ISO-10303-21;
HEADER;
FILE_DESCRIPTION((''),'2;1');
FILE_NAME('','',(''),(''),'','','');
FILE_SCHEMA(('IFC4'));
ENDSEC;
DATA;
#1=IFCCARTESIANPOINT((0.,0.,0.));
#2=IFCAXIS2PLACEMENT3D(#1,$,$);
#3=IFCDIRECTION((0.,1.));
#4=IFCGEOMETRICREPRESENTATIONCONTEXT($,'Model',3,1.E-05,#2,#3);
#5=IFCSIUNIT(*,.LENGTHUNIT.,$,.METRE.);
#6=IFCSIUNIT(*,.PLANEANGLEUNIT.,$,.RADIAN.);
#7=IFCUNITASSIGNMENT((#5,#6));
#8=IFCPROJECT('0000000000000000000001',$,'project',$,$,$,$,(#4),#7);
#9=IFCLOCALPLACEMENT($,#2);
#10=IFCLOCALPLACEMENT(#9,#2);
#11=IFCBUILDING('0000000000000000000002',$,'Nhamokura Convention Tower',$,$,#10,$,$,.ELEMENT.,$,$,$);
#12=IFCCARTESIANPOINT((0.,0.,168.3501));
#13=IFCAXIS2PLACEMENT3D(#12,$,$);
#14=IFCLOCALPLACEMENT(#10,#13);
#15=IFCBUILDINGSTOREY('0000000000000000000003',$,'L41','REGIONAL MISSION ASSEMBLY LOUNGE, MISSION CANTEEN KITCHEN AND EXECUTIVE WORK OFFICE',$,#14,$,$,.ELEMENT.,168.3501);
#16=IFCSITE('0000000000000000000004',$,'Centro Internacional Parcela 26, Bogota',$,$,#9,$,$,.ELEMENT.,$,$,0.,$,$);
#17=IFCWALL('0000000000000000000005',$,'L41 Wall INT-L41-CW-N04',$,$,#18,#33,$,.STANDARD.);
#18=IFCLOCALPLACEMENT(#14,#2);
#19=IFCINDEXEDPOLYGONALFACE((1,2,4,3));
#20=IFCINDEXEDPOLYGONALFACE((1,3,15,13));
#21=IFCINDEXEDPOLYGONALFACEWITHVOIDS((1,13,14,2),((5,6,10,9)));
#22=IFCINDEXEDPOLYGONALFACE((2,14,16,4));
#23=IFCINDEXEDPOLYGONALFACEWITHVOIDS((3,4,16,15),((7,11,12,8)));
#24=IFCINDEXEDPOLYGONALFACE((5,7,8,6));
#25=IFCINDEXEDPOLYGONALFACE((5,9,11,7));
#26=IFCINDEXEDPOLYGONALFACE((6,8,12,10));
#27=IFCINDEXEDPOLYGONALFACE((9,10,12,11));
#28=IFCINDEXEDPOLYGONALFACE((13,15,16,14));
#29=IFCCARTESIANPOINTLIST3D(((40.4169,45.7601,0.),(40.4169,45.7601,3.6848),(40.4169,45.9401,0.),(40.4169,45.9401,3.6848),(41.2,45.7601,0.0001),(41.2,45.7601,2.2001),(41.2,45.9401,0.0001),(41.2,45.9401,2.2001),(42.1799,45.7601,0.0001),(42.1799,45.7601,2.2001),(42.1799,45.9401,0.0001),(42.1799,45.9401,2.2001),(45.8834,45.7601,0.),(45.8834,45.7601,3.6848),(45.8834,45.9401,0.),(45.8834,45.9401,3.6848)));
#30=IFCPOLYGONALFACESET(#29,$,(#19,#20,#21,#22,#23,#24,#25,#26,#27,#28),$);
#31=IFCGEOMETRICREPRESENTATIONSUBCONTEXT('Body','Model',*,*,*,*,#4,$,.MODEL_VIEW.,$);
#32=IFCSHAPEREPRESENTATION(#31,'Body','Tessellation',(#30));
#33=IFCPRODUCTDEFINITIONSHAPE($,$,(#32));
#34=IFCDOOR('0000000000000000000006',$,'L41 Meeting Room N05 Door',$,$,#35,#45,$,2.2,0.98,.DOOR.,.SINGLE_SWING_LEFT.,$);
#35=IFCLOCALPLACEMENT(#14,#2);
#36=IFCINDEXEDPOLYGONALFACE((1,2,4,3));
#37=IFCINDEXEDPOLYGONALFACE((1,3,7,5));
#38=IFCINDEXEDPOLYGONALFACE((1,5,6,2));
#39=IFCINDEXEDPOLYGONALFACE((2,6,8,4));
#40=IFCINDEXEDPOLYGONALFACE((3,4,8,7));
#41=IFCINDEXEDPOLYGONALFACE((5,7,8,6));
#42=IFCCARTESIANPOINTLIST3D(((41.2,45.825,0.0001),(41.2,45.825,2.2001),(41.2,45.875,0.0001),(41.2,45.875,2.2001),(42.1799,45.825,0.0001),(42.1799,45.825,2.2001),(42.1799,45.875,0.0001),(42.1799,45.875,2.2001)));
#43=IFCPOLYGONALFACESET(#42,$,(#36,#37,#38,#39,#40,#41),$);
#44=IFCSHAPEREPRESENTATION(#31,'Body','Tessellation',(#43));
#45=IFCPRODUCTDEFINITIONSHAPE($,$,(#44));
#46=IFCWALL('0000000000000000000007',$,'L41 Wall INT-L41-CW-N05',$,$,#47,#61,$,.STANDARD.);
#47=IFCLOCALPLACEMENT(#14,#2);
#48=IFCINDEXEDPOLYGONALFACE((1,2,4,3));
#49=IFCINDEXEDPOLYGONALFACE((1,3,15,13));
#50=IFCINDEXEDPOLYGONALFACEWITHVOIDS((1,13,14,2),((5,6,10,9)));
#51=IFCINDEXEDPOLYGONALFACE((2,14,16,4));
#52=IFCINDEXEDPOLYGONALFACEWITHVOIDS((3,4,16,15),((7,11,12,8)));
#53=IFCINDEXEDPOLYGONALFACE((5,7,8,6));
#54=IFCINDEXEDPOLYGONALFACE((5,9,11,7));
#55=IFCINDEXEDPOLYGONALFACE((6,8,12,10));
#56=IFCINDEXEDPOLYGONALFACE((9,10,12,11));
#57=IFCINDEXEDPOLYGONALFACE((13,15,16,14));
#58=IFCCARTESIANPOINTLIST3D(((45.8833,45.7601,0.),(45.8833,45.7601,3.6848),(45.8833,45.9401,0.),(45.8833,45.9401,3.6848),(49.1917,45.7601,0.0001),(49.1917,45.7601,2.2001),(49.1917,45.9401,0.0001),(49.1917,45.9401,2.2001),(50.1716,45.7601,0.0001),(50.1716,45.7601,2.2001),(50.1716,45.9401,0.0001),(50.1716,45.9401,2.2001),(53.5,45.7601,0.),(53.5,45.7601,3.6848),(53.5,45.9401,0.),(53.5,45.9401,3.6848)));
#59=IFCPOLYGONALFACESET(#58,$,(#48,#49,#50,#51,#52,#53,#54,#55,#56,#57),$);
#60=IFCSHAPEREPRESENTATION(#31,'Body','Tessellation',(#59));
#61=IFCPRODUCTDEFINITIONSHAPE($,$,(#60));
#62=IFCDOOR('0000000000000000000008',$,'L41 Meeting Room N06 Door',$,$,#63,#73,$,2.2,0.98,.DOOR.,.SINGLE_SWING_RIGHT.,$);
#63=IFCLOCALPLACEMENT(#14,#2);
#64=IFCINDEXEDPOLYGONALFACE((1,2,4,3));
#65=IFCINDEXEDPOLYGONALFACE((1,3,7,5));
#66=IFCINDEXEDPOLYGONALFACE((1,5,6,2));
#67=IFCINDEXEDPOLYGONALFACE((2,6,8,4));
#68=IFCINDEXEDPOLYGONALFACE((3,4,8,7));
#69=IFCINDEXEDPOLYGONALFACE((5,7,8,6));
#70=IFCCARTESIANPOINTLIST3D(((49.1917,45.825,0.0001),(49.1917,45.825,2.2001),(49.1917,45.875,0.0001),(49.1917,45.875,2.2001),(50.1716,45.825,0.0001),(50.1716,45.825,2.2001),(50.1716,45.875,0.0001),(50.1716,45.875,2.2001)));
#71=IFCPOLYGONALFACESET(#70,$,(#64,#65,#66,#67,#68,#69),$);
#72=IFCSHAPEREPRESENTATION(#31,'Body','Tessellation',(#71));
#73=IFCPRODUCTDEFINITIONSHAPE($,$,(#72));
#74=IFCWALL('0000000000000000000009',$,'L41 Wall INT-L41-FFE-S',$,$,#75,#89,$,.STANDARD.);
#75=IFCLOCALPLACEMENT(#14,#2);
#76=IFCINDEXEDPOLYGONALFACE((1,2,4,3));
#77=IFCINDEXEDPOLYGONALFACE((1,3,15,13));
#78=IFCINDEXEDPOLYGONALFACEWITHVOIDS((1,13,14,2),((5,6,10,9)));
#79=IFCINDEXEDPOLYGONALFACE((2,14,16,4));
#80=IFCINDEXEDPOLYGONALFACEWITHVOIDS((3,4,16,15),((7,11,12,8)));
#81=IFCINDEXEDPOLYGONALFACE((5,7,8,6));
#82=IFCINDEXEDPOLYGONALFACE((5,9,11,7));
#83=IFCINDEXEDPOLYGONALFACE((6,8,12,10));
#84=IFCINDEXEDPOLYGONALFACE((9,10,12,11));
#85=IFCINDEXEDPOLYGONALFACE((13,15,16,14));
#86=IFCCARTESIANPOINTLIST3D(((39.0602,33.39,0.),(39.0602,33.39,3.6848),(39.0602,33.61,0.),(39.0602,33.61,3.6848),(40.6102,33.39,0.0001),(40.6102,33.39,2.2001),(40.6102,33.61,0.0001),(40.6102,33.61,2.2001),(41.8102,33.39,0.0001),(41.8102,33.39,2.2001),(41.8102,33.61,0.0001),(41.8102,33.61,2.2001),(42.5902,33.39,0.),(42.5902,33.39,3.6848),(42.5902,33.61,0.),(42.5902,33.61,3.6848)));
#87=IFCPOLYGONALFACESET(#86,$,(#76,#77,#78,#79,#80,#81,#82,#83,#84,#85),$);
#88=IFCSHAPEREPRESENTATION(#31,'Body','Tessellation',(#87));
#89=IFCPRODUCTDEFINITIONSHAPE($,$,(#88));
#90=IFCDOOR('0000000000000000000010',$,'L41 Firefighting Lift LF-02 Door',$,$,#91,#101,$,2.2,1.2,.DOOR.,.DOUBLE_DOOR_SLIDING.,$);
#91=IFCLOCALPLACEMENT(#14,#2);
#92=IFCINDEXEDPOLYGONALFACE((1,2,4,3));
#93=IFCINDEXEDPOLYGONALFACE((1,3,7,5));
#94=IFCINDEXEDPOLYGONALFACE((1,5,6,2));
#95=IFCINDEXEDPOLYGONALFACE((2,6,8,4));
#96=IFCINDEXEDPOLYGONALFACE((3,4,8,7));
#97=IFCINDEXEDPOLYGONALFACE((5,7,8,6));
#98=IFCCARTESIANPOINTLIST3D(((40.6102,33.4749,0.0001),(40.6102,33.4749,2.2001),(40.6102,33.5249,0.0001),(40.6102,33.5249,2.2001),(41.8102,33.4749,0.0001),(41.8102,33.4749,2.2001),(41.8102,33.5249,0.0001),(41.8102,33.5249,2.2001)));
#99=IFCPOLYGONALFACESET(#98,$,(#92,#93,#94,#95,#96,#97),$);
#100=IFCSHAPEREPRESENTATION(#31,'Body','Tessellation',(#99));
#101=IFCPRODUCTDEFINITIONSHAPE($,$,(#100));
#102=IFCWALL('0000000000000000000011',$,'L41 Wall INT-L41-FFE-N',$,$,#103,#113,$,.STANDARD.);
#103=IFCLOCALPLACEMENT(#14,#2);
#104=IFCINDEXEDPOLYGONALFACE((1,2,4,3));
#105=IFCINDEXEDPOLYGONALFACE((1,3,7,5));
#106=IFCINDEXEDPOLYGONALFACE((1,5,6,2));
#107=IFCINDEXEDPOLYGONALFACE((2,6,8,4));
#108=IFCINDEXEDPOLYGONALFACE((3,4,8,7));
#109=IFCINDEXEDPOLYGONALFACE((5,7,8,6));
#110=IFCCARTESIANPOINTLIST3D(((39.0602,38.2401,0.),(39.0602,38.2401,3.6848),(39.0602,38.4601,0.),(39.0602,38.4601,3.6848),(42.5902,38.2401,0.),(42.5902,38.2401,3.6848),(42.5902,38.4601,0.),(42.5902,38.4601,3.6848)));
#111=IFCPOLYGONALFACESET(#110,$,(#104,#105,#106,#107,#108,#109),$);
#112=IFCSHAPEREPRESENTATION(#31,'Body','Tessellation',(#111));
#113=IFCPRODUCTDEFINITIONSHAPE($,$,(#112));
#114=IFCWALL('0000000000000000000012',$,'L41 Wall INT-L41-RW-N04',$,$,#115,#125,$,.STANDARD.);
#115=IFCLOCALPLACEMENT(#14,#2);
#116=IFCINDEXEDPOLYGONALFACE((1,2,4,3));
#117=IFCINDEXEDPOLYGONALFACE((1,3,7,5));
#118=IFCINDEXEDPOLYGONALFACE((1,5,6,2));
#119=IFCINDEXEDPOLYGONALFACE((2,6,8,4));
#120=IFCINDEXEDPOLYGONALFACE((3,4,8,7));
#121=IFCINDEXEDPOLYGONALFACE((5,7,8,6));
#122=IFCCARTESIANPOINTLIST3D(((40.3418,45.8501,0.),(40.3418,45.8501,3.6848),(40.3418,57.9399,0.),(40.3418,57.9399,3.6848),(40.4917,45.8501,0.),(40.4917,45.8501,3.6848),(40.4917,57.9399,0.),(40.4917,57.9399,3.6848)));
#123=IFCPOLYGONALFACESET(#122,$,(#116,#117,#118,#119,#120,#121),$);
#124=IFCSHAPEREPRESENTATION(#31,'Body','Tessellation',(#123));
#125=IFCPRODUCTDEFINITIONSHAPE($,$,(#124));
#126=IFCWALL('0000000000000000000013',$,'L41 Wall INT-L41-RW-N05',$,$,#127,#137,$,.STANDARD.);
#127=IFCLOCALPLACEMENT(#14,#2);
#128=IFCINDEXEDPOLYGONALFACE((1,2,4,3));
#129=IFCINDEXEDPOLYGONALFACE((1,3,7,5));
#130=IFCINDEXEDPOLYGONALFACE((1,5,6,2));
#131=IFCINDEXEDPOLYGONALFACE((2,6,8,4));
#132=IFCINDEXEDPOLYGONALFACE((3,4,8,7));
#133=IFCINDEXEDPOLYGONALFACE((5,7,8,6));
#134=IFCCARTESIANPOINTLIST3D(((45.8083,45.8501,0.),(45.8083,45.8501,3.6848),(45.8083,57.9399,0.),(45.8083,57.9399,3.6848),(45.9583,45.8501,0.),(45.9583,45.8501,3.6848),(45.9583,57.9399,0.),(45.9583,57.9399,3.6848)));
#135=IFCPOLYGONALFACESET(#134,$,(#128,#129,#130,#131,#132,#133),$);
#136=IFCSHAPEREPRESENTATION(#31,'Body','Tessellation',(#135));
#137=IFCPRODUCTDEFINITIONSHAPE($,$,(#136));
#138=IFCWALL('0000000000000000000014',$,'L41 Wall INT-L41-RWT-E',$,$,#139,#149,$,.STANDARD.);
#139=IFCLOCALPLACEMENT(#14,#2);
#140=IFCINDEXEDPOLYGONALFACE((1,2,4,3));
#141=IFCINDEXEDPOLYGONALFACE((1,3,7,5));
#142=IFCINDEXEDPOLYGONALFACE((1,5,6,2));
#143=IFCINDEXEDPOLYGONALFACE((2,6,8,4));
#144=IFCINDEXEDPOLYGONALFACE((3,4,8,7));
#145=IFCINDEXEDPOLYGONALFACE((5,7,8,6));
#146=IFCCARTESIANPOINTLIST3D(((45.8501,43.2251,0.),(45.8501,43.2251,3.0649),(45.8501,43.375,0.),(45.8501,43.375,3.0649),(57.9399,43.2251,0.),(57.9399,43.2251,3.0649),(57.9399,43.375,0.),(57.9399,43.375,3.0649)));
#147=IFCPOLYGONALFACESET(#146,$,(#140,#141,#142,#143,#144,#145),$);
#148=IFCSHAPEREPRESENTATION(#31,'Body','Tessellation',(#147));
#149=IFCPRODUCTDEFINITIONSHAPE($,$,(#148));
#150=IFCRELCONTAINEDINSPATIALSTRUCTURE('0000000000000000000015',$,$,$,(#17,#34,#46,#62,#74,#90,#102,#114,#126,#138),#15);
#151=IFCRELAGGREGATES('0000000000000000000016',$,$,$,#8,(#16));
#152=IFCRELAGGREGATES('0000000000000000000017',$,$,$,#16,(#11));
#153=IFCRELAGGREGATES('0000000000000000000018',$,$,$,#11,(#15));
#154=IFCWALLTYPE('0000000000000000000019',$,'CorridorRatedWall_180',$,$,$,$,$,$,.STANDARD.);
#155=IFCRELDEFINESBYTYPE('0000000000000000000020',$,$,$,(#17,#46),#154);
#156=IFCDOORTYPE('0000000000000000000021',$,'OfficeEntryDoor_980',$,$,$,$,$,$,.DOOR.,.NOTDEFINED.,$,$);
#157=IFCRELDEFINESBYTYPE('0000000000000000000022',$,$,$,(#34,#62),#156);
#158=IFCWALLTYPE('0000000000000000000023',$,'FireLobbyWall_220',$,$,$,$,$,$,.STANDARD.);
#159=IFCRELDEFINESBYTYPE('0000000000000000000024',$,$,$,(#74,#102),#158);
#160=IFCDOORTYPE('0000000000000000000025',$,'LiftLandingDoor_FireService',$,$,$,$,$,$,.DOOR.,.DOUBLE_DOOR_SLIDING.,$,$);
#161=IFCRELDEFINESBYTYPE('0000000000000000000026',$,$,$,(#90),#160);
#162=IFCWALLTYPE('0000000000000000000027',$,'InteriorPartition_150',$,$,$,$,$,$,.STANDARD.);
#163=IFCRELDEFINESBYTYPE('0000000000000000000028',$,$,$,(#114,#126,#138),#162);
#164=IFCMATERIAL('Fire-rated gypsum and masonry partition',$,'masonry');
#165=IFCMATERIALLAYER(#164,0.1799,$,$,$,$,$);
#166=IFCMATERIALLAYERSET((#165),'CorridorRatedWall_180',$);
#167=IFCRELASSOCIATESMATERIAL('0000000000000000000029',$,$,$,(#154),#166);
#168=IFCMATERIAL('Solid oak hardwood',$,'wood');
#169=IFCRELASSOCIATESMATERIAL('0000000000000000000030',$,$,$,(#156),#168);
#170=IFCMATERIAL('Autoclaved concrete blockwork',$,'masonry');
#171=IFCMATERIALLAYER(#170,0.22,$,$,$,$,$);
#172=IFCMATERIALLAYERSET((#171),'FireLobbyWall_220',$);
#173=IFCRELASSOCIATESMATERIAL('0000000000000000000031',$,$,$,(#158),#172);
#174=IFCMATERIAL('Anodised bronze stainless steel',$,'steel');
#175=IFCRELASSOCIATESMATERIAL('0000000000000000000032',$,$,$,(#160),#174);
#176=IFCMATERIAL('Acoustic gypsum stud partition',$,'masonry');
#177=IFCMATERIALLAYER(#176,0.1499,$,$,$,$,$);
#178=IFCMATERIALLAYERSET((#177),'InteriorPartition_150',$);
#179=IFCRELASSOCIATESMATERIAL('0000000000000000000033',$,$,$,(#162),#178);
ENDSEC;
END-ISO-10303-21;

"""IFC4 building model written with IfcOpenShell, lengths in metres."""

from ifc_helpers import new_model, si_unit, direction, frame, frame_2d, origin, place, context, subcontext, project, spatial, rectangle, extrude, material, layer, layer_set, type_object, element, fill, save


model = new_model("IFC4")

# Units and contexts
model_context = context("Model", 3, precision=1e-05, world=origin(), true_north=direction((0.0, 1.0)))
body_context = subcontext(model_context, "Body", "Model", "MODEL_VIEW")
ifc_project = project(units=[si_unit("LENGTHUNIT", "METRE"), si_unit("PLANEANGLEUNIT", "RADIAN")], contexts=[model_context])

# Site, building, storey
site_placement = place(None, origin())
site = spatial("IfcSite", under=ifc_project, at=site_placement, Name="Centro Internacional Parcela 26, Bogota", CompositionType="ELEMENT", RefElevation=0.0)
building_placement = place(site_placement, origin())
building = spatial("IfcBuilding", under=site, at=building_placement, Name="Nhamokura Convention Tower", CompositionType="ELEMENT")
storey_placement = place(building_placement, frame((0.0, 0.0, 168.3501)))
storey = spatial("IfcBuildingStorey", under=building, at=storey_placement, Name="L41", Description="REGIONAL MISSION ASSEMBLY LOUNGE, MISSION CANTEEN KITCHEN AND EXECUTIVE WORK OFFICE", CompositionType="ELEMENT", Elevation=168.3501)

# Walls, openings, doors
ifc_material_1 = material(Name="Fire-rated gypsum and masonry partition", Category="masonry")
ifc_layer_1 = layer(ifc_material_1, 0.1799)
ifc_layer_set_1 = layer_set([ifc_layer_1], Name="CorridorRatedWall_180")
wall_type_1 = type_object("IfcWallType", Name="CorridorRatedWall_180", PredefinedType="STANDARD", material=ifc_layer_set_1)
wall_1_placement = place(storey_placement, frame((40.4167, 45.8501, 0.0), z_axis=(0.0, 0.0, 1.0), x_axis=(1.0, 0.0, 0.0)))
wall_1 = element("IfcWall", 1, at=wall_1_placement, inside=storey, type_object=wall_type_1, Name="L41 Wall INT-L41-CW-N04", PredefinedType="STANDARD", context=body_context, shape_type="SweptSolid", body=[
    extrude(rectangle(XDim=5.4666, YDim=0.1799, at=frame_2d((2.7334, 0.0))), origin(), (0.0, 0.0, 1.0), 3.6848),
])
opening_1_placement = place(wall_1_placement, frame((0.7832, 0.0, 0.0)))
opening_1 = element("IfcOpeningElement", 2, at=opening_1_placement, cuts=wall_1, PredefinedType="OPENING", context=body_context, shape_type="SweptSolid", body=[
    extrude(rectangle(XDim=0.98, YDim=2.2, at=frame_2d((0.49, 1.1001))), frame((0.0, 0.0999, 0.0), z_axis=(0.0, -1.0, 0.0), x_axis=(1.0, 0.0, 0.0)), (0.0, 0.0, 1.0), 0.2),
])
ifc_material_2 = material(Name="Solid oak hardwood", Category="wood")
door_type_1 = type_object("IfcDoorType", Name="OfficeEntryDoor_980", OperationType="NOTDEFINED", PredefinedType="DOOR", material=ifc_material_2)
door_1_placement = place(opening_1_placement, origin())
door_1 = element("IfcDoor", 3, at=door_1_placement, inside=storey, type_object=door_type_1, Name="L41 Meeting Room N05 Door", OperationType="SINGLE_SWING_LEFT", OverallHeight=2.2, OverallWidth=0.98, PredefinedType="DOOR", context=body_context, shape_type="SweptSolid", body=[
    extrude(rectangle(XDim=0.98, YDim=2.2, at=frame_2d((0.49, 1.1001))), frame((0.0, 0.0249, 0.0), z_axis=(0.0, -1.0, 0.0), x_axis=(1.0, 0.0, 0.0)), (0.0, 0.0, 1.0), 0.05),
])
fill(opening_1, door_1)
wall_2_placement = place(storey_placement, frame((45.8833, 45.8501, 0.0), z_axis=(0.0, 0.0, 1.0), x_axis=(1.0, 0.0, 0.0)))
wall_2 = element("IfcWall", 4, at=wall_2_placement, inside=storey, type_object=wall_type_1, Name="L41 Wall INT-L41-CW-N05", PredefinedType="STANDARD", context=body_context, shape_type="SweptSolid", body=[
    extrude(rectangle(XDim=7.6167, YDim=0.1799, at=frame_2d((3.8083, 0.0))), origin(), (0.0, 0.0, 1.0), 3.6848),
])
opening_2_placement = place(wall_2_placement, frame((3.3083, 0.0, 0.0)))
opening_2 = element("IfcOpeningElement", 5, at=opening_2_placement, cuts=wall_2, PredefinedType="OPENING", context=body_context, shape_type="SweptSolid", body=[
    extrude(rectangle(XDim=0.98, YDim=2.2, at=frame_2d((0.49, 1.1001))), frame((0.0, 0.0999, 0.0), z_axis=(0.0, -1.0, 0.0), x_axis=(1.0, 0.0, 0.0)), (0.0, 0.0, 1.0), 0.2),
])
door_2_placement = place(opening_2_placement, origin())
door_2 = element("IfcDoor", 6, at=door_2_placement, inside=storey, type_object=door_type_1, Name="L41 Meeting Room N06 Door", OperationType="SINGLE_SWING_RIGHT", OverallHeight=2.2, OverallWidth=0.98, PredefinedType="DOOR", context=body_context, shape_type="SweptSolid", body=[
    extrude(rectangle(XDim=0.98, YDim=2.2, at=frame_2d((0.49, 1.1001))), frame((0.0, 0.0249, 0.0), z_axis=(0.0, -1.0, 0.0), x_axis=(1.0, 0.0, 0.0)), (0.0, 0.0, 1.0), 0.05),
])
fill(opening_2, door_2)
ifc_material_3 = material(Name="Autoclaved concrete blockwork", Category="masonry")
ifc_layer_2 = layer(ifc_material_3, 0.22)
ifc_layer_set_2 = layer_set([ifc_layer_2], Name="FireLobbyWall_220")
wall_type_2 = type_object("IfcWallType", Name="FireLobbyWall_220", PredefinedType="STANDARD", material=ifc_layer_set_2)
wall_3_placement = place(storey_placement, frame((39.0601, 33.5, 0.0), z_axis=(0.0, 0.0, 1.0), x_axis=(1.0, 0.0, 0.0)))
wall_3 = element("IfcWall", 7, at=wall_3_placement, inside=storey, type_object=wall_type_2, Name="L41 Wall INT-L41-FFE-S", PredefinedType="STANDARD", context=body_context, shape_type="SweptSolid", body=[
    extrude(rectangle(XDim=3.53, YDim=0.22, at=frame_2d((1.7651, 0.0))), origin(), (0.0, 0.0, 1.0), 3.6848),
])
opening_3_placement = place(wall_3_placement, frame((1.55, 0.0, 0.0)))
opening_3 = element("IfcOpeningElement", 8, at=opening_3_placement, cuts=wall_3, PredefinedType="OPENING", context=body_context, shape_type="SweptSolid", body=[
    extrude(rectangle(XDim=1.2, YDim=2.2, at=frame_2d((0.6001, 1.1001))), frame((0.0, 0.1199, 0.0), z_axis=(0.0, -1.0, 0.0), x_axis=(1.0, 0.0, 0.0)), (0.0, 0.0, 1.0), 0.24),
])
ifc_material_4 = material(Name="Anodised bronze stainless steel", Category="steel")
door_type_2 = type_object("IfcDoorType", Name="LiftLandingDoor_FireService", OperationType="DOUBLE_DOOR_SLIDING", PredefinedType="DOOR", material=ifc_material_4)
door_3_placement = place(opening_3_placement, origin())
door_3 = element("IfcDoor", 9, at=door_3_placement, inside=storey, type_object=door_type_2, Name="L41 Firefighting Lift LF-02 Door", OperationType="DOUBLE_DOOR_SLIDING", OverallHeight=2.2, OverallWidth=1.2, PredefinedType="DOOR", context=body_context, shape_type="SweptSolid", body=[
    extrude(rectangle(XDim=1.2, YDim=2.2, at=frame_2d((0.6001, 1.1001))), frame((0.0, 0.0249, 0.0), z_axis=(0.0, -1.0, 0.0), x_axis=(1.0, 0.0, 0.0)), (0.0, 0.0, 1.0), 0.05),
])
fill(opening_3, door_3)

# Walls
wall_4_placement = place(storey_placement, frame((39.0601, 38.3501, 0.0), z_axis=(0.0, 0.0, 1.0), x_axis=(1.0, 0.0, 0.0)))
element("IfcWall", 10, at=wall_4_placement, inside=storey, type_object=wall_type_2, Name="L41 Wall INT-L41-FFE-N", PredefinedType="STANDARD", context=body_context, shape_type="SweptSolid", body=[
    extrude(rectangle(XDim=3.53, YDim=0.22, at=frame_2d((1.7651, 0.0))), origin(), (0.0, 0.0, 1.0), 3.6848),
])
ifc_material_5 = material(Name="Acoustic gypsum stud partition", Category="masonry")
ifc_layer_3 = layer(ifc_material_5, 0.1499)
ifc_layer_set_3 = layer_set([ifc_layer_3], Name="InteriorPartition_150")
wall_type_3 = type_object("IfcWallType", Name="InteriorPartition_150", PredefinedType="STANDARD", material=ifc_layer_set_3)
for number, where, z_axis, x_axis, name in (
    (11, (40.4167, 45.8501, 0.0), (0.0, 0.0, 1.0), (0.0, 1.0, 0.0), "L41 Wall INT-L41-RW-N04"),
    (12, (45.8833, 45.8501, 0.0), (0.0, 0.0, 1.0), (0.0, 1.0, 0.0), "L41 Wall INT-L41-RW-N05"),
):
    element("IfcWall", number, at=place(storey_placement, frame(where, z_axis=z_axis, x_axis=x_axis)), inside=storey, type_object=wall_type_3, Name=name, PredefinedType="STANDARD", context=body_context, shape_type="SweptSolid", body=[
        extrude(rectangle(XDim=12.0898, YDim=0.1499, at=frame_2d((6.0449, 0.0))), origin(), (0.0, 0.0, 1.0), 3.6848),
    ])
wall_5_placement = place(storey_placement, frame((45.8501, 43.3, 0.0), z_axis=(0.0, 0.0, 1.0), x_axis=(1.0, 0.0, 0.0)))
element("IfcWall", 13, at=wall_5_placement, inside=storey, type_object=wall_type_3, Name="L41 Wall INT-L41-RWT-E", PredefinedType="STANDARD", context=body_context, shape_type="SweptSolid", body=[
    extrude(rectangle(XDim=12.0898, YDim=0.1499, at=frame_2d((6.0449, 0.0))), origin(), (0.0, 0.0, 1.0), 3.0649),
])

save(model, "model.ifc")
